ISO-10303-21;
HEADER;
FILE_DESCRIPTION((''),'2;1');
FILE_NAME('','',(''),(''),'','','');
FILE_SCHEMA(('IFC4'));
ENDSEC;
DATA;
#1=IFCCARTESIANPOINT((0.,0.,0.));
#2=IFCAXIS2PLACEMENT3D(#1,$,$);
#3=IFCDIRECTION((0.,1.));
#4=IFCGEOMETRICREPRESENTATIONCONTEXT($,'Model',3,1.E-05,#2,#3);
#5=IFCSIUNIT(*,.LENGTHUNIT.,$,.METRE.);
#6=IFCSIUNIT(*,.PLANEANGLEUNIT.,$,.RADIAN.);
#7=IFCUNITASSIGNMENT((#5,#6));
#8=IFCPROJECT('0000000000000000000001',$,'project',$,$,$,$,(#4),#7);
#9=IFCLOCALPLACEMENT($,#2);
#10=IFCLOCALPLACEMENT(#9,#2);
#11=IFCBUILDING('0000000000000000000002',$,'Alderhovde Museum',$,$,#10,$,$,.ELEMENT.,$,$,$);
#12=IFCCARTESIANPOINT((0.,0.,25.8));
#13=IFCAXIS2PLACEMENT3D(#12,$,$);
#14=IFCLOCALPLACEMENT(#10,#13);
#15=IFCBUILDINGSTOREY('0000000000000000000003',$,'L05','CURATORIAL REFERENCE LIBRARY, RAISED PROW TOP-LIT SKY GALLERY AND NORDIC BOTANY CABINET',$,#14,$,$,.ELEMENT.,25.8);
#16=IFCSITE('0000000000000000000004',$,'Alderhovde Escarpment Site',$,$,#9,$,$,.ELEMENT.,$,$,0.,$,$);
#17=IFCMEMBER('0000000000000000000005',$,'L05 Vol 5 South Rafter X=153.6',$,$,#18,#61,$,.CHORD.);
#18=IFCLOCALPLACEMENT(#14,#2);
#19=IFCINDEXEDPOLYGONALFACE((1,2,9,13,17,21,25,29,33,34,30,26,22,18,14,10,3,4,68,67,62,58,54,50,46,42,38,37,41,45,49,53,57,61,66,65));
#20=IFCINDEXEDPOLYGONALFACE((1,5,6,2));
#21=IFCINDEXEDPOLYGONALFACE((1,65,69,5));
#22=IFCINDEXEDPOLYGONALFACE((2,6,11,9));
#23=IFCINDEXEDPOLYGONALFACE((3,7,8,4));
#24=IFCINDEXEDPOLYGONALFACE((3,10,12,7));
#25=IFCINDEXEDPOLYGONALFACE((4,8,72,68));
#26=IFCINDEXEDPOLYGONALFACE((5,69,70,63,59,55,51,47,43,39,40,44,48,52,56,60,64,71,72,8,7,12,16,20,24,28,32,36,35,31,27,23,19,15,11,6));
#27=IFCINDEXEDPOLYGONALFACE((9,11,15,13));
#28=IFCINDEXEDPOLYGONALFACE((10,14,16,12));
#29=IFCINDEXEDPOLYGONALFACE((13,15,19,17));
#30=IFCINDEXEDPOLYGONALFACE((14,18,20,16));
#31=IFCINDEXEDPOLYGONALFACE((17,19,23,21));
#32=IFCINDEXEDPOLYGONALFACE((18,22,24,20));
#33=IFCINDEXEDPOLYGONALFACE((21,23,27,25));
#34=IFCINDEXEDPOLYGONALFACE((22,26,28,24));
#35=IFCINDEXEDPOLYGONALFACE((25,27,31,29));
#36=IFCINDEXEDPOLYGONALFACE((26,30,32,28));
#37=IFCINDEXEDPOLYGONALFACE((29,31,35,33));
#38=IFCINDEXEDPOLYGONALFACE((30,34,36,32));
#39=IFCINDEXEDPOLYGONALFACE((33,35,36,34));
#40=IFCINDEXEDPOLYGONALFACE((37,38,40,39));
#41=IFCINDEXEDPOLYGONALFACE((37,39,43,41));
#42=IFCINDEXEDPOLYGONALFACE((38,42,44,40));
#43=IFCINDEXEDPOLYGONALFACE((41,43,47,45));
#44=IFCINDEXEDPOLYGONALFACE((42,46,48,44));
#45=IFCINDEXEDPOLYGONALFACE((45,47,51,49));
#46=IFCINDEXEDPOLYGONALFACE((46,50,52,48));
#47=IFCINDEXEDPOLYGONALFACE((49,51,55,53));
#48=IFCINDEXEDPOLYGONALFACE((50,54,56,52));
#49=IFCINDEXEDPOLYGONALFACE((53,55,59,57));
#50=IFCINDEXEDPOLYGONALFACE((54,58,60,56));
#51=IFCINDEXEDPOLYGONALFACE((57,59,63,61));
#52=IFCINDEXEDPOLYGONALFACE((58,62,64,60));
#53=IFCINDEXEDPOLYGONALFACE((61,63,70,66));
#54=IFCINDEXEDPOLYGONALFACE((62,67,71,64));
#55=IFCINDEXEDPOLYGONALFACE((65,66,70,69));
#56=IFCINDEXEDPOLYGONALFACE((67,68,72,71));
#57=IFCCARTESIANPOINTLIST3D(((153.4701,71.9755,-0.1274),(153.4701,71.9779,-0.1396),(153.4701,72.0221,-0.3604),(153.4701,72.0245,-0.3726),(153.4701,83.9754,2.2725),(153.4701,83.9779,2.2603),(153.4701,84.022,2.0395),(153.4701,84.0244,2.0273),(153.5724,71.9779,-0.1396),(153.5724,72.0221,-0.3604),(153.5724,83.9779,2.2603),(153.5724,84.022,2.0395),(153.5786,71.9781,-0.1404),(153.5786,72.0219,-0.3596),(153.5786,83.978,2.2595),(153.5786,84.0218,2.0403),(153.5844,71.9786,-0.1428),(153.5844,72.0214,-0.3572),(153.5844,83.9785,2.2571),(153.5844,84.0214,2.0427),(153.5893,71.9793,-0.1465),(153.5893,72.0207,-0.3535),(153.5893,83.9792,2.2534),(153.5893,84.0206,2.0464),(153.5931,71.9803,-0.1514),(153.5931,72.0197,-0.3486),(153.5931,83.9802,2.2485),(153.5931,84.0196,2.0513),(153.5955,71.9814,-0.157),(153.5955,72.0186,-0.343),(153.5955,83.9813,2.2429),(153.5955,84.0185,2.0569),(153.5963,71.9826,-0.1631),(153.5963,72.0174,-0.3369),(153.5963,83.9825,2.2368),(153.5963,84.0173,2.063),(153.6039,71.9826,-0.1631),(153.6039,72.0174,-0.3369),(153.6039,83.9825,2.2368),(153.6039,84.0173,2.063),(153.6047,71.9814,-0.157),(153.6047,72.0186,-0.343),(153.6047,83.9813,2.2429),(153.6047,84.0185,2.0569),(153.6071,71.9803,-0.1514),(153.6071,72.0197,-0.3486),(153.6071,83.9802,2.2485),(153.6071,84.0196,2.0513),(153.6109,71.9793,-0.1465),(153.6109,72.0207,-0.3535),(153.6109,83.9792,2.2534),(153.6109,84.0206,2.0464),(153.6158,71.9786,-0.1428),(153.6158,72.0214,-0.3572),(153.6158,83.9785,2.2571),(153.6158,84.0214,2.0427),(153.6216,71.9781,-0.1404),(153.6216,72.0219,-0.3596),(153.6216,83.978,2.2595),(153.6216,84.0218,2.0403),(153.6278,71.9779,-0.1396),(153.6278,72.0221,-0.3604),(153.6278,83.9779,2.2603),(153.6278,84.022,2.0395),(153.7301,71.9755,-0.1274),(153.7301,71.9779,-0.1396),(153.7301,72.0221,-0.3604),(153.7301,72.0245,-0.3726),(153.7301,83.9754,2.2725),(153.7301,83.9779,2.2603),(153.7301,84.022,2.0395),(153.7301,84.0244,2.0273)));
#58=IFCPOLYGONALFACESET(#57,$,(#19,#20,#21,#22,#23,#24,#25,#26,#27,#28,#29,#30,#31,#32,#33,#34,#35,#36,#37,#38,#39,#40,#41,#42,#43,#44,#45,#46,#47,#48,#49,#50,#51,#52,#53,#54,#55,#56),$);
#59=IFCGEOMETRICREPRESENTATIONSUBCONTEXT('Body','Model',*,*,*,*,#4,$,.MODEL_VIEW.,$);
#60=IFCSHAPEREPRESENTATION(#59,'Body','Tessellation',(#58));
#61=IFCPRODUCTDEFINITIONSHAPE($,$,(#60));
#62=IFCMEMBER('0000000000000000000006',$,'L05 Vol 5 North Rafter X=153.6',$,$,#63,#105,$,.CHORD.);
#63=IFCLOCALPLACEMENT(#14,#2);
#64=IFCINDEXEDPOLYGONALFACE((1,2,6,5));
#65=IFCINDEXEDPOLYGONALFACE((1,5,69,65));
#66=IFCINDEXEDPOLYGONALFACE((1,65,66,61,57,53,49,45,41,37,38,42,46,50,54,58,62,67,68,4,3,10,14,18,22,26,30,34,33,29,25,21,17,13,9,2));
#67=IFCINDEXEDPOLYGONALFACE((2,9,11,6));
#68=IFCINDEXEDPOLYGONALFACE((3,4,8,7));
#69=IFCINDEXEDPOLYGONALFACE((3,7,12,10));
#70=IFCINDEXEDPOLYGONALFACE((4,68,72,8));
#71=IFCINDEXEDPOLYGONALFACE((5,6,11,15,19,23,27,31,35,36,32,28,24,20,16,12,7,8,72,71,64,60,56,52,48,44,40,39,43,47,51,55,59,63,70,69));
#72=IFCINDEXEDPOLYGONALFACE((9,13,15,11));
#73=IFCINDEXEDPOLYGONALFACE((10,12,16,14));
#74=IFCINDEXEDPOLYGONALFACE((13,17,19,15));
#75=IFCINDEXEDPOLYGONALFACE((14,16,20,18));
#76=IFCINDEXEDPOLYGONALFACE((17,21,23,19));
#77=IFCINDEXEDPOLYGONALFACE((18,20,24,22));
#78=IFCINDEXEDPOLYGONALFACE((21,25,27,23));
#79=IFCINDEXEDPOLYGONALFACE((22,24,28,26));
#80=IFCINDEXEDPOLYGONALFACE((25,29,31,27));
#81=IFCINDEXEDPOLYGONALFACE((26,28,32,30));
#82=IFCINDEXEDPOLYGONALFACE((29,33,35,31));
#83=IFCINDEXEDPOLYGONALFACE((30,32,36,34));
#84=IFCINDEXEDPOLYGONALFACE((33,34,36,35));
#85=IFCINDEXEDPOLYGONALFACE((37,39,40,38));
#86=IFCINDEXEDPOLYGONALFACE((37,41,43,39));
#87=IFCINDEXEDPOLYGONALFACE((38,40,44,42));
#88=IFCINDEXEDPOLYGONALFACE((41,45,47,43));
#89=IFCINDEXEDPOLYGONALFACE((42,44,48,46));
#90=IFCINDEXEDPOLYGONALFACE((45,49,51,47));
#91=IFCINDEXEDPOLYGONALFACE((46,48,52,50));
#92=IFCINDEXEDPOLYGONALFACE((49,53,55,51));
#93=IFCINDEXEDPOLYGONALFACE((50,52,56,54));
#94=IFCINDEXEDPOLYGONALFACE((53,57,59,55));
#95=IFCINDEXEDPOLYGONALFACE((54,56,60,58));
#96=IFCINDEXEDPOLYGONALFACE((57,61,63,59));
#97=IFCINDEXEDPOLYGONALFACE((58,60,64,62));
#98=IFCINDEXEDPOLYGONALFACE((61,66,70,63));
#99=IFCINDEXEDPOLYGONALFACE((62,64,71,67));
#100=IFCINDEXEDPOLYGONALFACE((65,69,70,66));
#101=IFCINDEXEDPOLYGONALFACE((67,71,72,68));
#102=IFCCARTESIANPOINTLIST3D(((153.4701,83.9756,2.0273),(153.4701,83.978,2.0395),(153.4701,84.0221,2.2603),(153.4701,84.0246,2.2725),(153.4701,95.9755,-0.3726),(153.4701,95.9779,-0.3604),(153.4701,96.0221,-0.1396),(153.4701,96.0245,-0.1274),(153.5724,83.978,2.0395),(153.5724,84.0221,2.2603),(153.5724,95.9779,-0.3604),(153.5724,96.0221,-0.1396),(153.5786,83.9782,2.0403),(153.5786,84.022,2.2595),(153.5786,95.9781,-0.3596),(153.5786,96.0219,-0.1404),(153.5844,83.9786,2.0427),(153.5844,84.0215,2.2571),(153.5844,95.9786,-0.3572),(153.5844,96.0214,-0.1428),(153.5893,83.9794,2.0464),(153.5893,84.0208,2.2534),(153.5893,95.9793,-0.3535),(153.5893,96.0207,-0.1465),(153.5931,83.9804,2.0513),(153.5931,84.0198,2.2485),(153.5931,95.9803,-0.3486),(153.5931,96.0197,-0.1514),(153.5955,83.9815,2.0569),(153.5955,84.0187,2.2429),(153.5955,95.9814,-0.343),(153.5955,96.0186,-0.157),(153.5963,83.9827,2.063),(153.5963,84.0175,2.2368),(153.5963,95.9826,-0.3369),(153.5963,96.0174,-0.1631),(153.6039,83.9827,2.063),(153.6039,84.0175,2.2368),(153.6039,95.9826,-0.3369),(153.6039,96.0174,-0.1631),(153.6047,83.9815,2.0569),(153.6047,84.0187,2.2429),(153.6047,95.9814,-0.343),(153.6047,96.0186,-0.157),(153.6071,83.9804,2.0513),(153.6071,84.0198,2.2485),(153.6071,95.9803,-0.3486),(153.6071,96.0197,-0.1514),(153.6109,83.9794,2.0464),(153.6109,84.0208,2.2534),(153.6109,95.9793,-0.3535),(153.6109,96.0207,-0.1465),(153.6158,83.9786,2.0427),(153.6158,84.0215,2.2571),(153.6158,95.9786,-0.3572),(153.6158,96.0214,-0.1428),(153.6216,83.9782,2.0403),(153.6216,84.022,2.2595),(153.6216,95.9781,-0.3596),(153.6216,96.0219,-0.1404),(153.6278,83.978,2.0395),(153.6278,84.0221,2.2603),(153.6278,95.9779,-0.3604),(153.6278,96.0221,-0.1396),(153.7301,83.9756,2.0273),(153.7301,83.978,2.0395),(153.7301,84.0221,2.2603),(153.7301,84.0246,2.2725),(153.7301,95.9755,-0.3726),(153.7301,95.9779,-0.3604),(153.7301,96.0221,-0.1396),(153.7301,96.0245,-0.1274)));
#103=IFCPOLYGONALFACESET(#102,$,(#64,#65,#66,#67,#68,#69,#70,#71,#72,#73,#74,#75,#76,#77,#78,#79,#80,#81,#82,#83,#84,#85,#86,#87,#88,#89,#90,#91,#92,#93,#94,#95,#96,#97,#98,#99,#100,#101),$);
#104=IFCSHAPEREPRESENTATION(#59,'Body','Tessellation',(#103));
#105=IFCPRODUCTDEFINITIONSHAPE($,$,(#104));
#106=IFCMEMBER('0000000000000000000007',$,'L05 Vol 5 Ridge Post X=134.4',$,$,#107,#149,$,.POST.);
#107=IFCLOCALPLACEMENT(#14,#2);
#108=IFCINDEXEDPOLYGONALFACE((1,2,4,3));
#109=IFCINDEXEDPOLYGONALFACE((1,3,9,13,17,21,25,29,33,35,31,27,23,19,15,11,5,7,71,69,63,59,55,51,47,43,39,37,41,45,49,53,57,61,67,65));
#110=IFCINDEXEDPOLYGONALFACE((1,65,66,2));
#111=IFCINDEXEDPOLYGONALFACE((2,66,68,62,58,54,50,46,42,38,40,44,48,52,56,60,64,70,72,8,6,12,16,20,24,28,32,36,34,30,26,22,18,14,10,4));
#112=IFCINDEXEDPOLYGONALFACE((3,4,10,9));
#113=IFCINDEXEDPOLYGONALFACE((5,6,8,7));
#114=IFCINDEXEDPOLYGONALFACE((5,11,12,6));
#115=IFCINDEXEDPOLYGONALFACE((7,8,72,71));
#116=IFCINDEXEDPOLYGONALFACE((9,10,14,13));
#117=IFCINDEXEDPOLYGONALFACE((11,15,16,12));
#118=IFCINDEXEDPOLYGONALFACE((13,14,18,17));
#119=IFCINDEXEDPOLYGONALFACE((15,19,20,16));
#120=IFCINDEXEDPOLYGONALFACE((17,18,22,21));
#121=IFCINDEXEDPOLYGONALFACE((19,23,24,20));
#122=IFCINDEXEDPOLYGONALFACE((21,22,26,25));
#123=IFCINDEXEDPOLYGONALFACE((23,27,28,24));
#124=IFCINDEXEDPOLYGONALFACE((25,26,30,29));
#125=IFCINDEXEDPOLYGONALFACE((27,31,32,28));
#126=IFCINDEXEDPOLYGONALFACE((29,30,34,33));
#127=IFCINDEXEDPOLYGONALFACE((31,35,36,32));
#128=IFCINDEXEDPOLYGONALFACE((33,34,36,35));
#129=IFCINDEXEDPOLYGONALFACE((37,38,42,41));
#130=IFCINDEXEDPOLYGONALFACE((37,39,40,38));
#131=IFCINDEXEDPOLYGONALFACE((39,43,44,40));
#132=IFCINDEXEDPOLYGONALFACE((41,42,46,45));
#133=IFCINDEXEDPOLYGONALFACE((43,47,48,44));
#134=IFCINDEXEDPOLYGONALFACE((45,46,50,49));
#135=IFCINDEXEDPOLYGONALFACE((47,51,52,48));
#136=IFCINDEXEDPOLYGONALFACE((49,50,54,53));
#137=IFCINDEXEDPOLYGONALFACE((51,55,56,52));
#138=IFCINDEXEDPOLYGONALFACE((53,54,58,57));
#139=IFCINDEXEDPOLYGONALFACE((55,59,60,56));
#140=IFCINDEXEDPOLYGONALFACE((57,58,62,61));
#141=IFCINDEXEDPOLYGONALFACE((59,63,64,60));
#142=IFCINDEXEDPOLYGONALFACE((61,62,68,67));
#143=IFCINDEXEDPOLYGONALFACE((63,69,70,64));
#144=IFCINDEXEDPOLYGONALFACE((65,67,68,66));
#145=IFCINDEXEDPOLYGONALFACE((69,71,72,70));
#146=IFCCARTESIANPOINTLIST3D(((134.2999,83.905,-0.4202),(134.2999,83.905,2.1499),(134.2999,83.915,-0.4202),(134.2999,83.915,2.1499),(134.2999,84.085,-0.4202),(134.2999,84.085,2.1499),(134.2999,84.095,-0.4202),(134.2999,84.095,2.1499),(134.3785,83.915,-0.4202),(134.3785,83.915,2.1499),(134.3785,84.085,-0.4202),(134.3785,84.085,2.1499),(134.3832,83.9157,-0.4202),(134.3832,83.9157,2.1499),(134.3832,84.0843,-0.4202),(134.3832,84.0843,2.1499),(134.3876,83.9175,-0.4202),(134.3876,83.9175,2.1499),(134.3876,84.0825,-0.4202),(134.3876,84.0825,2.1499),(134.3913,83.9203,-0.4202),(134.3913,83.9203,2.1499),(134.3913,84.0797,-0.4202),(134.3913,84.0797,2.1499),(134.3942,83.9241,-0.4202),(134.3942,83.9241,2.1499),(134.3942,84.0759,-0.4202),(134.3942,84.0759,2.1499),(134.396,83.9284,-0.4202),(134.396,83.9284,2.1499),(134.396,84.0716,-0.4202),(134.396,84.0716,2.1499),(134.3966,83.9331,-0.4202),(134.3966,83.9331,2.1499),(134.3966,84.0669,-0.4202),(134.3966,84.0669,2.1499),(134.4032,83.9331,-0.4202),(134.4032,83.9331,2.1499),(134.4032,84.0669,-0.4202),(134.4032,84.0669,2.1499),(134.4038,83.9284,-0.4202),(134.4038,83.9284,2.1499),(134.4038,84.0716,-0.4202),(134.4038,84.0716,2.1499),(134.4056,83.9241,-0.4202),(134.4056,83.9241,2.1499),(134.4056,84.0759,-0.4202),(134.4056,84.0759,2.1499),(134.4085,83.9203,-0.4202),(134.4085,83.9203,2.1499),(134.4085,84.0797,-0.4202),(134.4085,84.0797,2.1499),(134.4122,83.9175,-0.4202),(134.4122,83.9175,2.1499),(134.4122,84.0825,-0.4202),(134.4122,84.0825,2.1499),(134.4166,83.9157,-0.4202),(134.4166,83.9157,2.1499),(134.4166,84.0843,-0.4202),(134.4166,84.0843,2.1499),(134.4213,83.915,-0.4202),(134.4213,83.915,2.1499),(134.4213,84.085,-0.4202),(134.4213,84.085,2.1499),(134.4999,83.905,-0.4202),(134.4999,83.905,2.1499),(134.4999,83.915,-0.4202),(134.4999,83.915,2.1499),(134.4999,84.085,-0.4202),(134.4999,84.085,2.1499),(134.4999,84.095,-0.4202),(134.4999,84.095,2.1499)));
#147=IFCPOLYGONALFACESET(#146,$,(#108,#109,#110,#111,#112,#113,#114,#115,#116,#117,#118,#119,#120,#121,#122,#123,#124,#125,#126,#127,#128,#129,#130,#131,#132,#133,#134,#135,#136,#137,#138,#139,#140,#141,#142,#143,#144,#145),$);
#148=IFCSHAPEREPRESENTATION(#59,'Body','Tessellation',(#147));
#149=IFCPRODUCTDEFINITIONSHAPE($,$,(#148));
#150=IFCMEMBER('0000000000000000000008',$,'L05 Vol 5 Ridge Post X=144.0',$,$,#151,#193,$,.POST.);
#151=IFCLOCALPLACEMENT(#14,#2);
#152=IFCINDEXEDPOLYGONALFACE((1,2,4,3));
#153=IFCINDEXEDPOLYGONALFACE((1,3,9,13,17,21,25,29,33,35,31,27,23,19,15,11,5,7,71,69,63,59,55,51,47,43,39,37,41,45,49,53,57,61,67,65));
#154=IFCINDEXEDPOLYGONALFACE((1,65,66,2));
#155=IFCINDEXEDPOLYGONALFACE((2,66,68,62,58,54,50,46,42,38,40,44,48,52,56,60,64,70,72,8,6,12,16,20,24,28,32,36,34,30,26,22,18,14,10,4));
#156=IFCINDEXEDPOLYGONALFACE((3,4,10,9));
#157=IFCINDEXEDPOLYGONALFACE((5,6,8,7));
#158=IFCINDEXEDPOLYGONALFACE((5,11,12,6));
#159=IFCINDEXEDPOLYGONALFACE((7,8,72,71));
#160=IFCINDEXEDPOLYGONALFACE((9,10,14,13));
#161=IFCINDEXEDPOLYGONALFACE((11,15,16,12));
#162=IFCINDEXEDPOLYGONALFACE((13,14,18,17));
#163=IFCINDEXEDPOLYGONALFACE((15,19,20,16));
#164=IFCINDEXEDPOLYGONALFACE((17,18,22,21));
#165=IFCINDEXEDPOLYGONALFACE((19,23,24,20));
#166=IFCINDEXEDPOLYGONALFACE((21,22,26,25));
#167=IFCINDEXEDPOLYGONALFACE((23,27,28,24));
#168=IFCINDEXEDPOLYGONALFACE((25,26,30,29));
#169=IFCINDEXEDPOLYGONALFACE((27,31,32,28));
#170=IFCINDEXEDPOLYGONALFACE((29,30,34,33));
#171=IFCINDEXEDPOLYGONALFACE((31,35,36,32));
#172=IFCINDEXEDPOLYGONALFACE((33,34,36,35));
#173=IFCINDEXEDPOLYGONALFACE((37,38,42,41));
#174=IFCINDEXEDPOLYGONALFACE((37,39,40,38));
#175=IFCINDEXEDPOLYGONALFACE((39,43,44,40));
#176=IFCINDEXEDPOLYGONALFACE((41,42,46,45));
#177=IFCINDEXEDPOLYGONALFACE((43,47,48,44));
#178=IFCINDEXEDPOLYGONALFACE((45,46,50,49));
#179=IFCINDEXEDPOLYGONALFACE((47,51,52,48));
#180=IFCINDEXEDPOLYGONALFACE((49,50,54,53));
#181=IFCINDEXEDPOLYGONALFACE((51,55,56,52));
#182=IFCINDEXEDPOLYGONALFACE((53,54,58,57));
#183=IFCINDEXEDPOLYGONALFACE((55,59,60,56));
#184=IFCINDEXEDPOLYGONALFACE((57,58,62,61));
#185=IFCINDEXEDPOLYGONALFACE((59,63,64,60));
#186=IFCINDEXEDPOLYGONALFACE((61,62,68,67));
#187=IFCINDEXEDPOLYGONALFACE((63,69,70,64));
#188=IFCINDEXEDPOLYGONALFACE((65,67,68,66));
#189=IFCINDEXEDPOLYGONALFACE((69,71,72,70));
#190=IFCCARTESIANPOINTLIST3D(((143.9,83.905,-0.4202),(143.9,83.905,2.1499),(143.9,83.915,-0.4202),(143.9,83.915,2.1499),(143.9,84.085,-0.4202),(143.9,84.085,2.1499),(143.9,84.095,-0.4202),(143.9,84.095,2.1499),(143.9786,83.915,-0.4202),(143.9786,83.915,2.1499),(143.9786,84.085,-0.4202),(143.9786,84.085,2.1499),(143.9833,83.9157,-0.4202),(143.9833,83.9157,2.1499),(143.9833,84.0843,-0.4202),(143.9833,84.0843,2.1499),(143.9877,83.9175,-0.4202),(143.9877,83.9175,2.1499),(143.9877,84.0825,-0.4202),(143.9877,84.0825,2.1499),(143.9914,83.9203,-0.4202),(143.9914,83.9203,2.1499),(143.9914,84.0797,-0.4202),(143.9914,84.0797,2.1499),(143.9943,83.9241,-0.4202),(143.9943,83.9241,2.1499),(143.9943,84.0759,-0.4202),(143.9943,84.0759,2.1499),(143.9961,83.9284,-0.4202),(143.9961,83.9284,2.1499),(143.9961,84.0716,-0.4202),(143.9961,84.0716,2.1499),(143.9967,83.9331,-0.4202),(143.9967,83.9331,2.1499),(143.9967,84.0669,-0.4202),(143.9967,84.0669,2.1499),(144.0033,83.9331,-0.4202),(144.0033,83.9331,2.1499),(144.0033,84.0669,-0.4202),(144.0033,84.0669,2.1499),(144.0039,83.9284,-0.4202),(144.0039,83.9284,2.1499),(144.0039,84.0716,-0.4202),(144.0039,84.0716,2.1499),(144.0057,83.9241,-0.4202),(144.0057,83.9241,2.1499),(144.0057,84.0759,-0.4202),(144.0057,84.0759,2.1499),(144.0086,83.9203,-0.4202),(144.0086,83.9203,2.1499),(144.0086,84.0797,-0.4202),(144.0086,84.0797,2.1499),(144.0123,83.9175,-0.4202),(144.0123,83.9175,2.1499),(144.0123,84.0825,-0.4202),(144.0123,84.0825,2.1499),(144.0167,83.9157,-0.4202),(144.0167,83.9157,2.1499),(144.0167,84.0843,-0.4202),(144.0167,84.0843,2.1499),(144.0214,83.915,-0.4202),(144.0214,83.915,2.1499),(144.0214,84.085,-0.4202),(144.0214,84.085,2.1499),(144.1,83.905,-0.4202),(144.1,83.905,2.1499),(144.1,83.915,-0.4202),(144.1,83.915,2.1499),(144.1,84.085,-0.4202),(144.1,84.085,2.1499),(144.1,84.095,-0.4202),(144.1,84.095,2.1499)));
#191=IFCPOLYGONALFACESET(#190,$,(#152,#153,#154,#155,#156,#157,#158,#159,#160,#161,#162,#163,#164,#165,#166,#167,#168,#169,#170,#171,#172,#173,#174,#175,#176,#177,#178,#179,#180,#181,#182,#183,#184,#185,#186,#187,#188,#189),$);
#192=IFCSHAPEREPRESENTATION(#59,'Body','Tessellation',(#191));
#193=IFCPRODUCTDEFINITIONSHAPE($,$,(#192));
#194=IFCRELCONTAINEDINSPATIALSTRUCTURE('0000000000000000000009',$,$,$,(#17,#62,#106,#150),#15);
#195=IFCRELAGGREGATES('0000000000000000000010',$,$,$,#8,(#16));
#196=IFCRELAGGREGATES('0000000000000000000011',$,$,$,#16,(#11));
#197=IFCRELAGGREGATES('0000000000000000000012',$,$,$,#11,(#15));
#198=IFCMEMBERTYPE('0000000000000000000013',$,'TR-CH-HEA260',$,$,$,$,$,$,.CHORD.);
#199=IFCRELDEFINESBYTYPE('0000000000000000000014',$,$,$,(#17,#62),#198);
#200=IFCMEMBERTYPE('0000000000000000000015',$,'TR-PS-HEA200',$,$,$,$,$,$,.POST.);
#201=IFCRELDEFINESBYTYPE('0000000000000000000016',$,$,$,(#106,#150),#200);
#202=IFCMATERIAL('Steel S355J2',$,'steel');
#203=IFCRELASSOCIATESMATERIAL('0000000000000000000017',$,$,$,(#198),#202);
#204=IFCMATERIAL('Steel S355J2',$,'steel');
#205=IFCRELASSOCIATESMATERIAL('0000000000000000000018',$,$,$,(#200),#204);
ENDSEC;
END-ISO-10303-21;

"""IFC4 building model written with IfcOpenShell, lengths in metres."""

from ifc_helpers import new_model, si_unit, direction, frame, origin, origin_2d, place, context, subcontext, project, spatial, i_section, extrude, material, material_profile, profile_set, type_object, element, save


model = new_model("IFC4")

# Units and contexts
model_context = context("Model", 3, precision=1e-05, world=origin(), true_north=direction((0.0, 1.0)))
body_context = subcontext(model_context, "Body", "Model", "MODEL_VIEW")
ifc_project = project(units=[si_unit("LENGTHUNIT", "METRE"), si_unit("PLANEANGLEUNIT", "RADIAN")], contexts=[model_context])

# Site, building, storey
site_placement = place(None, origin())
site = spatial("IfcSite", under=ifc_project, at=site_placement, Name="Alderhovde Escarpment Site", CompositionType="ELEMENT", RefElevation=0.0)
building_placement = place(site_placement, origin())
building = spatial("IfcBuilding", under=site, at=building_placement, Name="Alderhovde Museum", CompositionType="ELEMENT")
storey_placement = place(building_placement, frame((0.0, 0.0, 25.8)))
storey = spatial("IfcBuildingStorey", under=building, at=storey_placement, Name="L05", Description="CURATORIAL REFERENCE LIBRARY, RAISED PROW TOP-LIT SKY GALLERY AND NORDIC BOTANY CABINET", CompositionType="ELEMENT", Elevation=25.8)

# Members
ifc_material_1 = material(Name="Steel S355J2", Category="steel")
ifc_material_profile_1 = material_profile(ifc_material_1, i_section(OverallWidth=0.26, OverallDepth=0.25, WebThickness=0.0076, FlangeThickness=0.0125, FilletRadius=0.0239, at=origin_2d()), Name="HEA 260")
ifc_profile_set_1 = profile_set([ifc_material_profile_1], Name="Steel S355J2")
member_type_1 = type_object("IfcMemberType", Name="TR-CH-HEA260", PredefinedType="CHORD", material=ifc_profile_set_1)
for number, where, z_axis, x_axis, name in (
    (1, (153.6001, 72.0, -0.25), (0.0, 0.980582, 0.196108), (-1.0, 0.0, 0.0), "L05 Vol 5 South Rafter X=153.6"),
    (2, (153.6001, 96.0, -0.25), (0.0, -0.980582, 0.196108), (1.0, 0.0, 0.0), "L05 Vol 5 North Rafter X=153.6"),
):
    element("IfcMember", number, at=place(storey_placement, frame(where, z_axis=z_axis, x_axis=x_axis)), inside=storey, type_object=member_type_1, Name=name, PredefinedType="CHORD", context=body_context, shape_type="SweptSolid", body=[
        extrude(i_section(OverallWidth=0.26, OverallDepth=0.25, WebThickness=0.0076, FlangeThickness=0.0125, FilletRadius=0.0239, at=origin_2d()), origin(), (0.0, 0.0, 1.0), 12.2375),
    ])
ifc_material_2 = material(Name="Steel S355J2", Category="steel")
ifc_material_profile_2 = material_profile(ifc_material_2, i_section(OverallWidth=0.2, OverallDepth=0.1899, WebThickness=0.0066, FlangeThickness=0.01, FilletRadius=0.0181, at=origin_2d()), Name="HEA 200")
ifc_profile_set_2 = profile_set([ifc_material_profile_2], Name="Steel S355J2")
member_type_2 = type_object("IfcMemberType", Name="TR-PS-HEA200", PredefinedType="POST", material=ifc_profile_set_2)
for number, where, z_axis, x_axis, name in (
    (3, (134.3999, 84.0, -0.4202), (0.0, 0.0, 1.0), (1.0, 0.0, 0.0), "L05 Vol 5 Ridge Post X=134.4"),
    (4, (144.0, 84.0, -0.4202), (0.0, 0.0, 1.0), (1.0, 0.0, 0.0), "L05 Vol 5 Ridge Post X=144.0"),
):
    element("IfcMember", number, at=place(storey_placement, frame(where, z_axis=z_axis, x_axis=x_axis)), inside=storey, type_object=member_type_2, Name=name, PredefinedType="POST", context=body_context, shape_type="SweptSolid", body=[
        extrude(i_section(OverallWidth=0.2, OverallDepth=0.1899, WebThickness=0.0066, FlangeThickness=0.01, FilletRadius=0.0181, at=origin_2d()), origin(), (0.0, 0.0, 1.0), 2.5701),
    ])

save(model, "model.ifc")
